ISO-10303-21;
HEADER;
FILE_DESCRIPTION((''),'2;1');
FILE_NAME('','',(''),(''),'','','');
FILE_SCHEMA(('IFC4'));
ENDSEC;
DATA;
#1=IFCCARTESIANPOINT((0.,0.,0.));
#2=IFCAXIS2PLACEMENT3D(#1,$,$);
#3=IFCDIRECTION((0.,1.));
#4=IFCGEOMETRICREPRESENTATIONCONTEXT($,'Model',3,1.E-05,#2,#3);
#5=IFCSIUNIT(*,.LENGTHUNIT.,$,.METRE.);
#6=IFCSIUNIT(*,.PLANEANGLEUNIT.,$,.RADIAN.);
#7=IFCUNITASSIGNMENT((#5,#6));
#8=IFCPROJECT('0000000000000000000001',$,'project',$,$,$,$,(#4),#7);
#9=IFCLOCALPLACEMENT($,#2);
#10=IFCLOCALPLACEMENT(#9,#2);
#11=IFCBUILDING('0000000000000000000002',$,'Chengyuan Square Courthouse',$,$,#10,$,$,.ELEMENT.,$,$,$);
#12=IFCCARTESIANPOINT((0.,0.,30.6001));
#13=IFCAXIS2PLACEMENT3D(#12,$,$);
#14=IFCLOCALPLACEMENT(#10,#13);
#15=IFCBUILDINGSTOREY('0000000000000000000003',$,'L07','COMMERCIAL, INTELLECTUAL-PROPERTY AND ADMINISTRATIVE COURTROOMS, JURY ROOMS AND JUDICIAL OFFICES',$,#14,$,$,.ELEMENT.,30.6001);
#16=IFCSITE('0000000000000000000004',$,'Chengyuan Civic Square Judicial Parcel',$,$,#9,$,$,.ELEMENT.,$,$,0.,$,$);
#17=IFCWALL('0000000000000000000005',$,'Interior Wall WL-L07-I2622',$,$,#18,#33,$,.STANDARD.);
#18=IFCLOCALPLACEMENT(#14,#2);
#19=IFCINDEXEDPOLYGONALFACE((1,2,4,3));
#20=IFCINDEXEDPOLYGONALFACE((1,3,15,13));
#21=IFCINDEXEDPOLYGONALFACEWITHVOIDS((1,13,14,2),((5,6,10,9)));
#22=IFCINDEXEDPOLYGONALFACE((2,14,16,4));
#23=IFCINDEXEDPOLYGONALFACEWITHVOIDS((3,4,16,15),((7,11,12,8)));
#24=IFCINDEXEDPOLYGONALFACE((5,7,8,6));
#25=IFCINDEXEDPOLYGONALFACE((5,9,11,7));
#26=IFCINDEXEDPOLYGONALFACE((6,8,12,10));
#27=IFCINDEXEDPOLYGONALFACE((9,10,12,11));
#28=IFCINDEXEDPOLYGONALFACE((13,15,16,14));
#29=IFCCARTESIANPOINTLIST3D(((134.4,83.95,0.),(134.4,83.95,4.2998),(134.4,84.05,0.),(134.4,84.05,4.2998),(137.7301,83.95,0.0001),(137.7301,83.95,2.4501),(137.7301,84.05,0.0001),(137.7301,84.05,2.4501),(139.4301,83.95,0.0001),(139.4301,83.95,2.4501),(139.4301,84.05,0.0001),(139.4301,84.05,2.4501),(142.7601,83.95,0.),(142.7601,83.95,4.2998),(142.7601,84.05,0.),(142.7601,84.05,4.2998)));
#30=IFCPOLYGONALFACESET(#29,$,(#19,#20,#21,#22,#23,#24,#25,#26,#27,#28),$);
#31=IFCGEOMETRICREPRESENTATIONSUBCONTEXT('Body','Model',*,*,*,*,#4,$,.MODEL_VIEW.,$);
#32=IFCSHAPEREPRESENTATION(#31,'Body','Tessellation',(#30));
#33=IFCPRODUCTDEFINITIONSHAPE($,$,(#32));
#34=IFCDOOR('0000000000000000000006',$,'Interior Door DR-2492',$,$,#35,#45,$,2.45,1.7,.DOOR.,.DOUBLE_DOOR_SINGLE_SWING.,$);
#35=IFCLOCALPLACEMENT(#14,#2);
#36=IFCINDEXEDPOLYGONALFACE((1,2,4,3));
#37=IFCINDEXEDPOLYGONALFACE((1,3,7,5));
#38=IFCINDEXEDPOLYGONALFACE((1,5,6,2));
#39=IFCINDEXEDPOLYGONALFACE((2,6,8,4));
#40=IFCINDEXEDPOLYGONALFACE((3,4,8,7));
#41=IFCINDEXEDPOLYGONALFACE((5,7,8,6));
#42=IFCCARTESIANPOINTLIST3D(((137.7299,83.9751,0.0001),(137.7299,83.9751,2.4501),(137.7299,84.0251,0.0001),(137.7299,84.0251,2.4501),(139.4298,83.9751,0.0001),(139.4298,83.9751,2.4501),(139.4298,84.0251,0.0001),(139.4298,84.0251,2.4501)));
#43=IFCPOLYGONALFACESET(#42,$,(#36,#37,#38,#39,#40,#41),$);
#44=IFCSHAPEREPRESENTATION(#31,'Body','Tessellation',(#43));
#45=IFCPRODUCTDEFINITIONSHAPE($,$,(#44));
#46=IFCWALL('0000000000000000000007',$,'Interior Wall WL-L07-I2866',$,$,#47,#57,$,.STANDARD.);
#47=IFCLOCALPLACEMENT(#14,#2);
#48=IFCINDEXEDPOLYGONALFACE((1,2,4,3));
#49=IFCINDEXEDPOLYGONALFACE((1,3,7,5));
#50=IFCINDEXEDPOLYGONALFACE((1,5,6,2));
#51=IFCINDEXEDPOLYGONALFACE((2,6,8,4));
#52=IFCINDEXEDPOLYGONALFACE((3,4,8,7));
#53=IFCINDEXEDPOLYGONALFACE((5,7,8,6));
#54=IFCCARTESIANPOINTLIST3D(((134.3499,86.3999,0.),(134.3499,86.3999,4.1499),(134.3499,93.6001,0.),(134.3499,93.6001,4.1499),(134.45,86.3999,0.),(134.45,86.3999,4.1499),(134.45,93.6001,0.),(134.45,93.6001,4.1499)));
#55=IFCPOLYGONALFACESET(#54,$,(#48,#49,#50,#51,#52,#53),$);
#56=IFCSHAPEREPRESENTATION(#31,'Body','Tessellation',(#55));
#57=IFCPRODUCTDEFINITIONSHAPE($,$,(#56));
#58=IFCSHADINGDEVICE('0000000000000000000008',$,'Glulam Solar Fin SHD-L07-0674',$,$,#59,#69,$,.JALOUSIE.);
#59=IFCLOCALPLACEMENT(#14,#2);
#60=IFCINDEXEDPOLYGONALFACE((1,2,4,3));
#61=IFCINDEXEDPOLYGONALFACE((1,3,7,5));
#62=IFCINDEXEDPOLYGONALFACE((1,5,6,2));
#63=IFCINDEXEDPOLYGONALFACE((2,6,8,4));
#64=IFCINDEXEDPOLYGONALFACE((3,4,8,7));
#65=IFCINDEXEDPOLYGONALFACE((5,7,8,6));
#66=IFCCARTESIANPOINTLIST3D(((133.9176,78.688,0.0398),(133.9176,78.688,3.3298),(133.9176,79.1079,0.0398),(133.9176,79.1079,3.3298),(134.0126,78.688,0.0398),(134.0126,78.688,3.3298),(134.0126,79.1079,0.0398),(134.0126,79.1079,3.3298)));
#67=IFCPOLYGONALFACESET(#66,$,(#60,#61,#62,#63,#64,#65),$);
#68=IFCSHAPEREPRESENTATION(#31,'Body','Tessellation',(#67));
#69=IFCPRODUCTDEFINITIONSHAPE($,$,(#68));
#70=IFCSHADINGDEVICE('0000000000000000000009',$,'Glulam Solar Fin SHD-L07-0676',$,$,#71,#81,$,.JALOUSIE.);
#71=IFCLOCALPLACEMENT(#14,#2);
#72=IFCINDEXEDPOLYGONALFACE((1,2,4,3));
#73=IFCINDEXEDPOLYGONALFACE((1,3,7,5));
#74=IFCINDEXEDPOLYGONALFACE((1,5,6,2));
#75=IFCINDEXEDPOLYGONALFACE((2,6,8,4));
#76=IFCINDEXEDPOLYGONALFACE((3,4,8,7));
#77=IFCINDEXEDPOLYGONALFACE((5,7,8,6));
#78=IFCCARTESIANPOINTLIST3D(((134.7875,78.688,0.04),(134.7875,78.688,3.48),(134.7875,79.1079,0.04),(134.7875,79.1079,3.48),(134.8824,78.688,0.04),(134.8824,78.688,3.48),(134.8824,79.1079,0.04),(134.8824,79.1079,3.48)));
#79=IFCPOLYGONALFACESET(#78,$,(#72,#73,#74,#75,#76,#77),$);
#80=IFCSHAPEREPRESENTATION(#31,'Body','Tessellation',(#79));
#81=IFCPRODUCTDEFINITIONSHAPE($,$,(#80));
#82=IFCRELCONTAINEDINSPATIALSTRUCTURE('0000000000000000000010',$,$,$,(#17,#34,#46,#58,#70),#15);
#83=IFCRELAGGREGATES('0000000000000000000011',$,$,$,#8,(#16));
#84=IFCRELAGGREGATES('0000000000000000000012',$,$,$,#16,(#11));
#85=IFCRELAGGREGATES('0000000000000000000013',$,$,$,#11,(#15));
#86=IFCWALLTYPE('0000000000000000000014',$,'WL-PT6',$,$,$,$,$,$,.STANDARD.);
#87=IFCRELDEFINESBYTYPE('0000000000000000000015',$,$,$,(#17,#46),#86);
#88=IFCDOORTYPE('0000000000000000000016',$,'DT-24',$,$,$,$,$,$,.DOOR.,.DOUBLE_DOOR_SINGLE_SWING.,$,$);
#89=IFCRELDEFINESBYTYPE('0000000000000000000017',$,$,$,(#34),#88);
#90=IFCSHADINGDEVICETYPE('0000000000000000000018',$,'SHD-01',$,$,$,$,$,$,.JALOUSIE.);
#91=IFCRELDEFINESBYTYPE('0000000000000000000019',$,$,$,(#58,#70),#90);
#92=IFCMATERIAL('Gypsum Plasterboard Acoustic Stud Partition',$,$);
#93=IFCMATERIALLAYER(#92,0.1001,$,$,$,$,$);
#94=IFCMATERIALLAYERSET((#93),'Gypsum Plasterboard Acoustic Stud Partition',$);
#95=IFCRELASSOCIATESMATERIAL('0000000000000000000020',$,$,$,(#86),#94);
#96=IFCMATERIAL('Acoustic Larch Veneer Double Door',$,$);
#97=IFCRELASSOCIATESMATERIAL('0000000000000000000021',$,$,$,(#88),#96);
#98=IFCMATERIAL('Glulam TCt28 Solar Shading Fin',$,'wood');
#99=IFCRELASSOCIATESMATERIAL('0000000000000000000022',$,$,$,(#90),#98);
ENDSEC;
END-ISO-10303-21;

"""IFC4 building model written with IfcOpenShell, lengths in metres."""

from ifc_helpers import new_model, si_unit, direction, frame, frame_2d, origin, origin_2d, place, context, subcontext, project, spatial, rectangle, extrude, material, layer, layer_set, type_object, element, fill, save


model = new_model("IFC4")

# Units and contexts
model_context = context("Model", 3, precision=1e-05, world=origin(), true_north=direction((0.0, 1.0)))
body_context = subcontext(model_context, "Body", "Model", "MODEL_VIEW")
ifc_project = project(units=[si_unit("LENGTHUNIT", "METRE"), si_unit("PLANEANGLEUNIT", "RADIAN")], contexts=[model_context])

# Site, building, storey
site_placement = place(None, origin())
site = spatial("IfcSite", under=ifc_project, at=site_placement, Name="Chengyuan Civic Square Judicial Parcel", CompositionType="ELEMENT", RefElevation=0.0)
building_placement = place(site_placement, origin())
building = spatial("IfcBuilding", under=site, at=building_placement, Name="Chengyuan Square Courthouse", CompositionType="ELEMENT")
storey_placement = place(building_placement, frame((0.0, 0.0, 30.6001)))
storey = spatial("IfcBuildingStorey", under=building, at=storey_placement, Name="L07", Description="COMMERCIAL, INTELLECTUAL-PROPERTY AND ADMINISTRATIVE COURTROOMS, JURY ROOMS AND JUDICIAL OFFICES", CompositionType="ELEMENT", Elevation=30.6001)

# Wall, opening, door
ifc_material_1 = material(Name="Acoustic Larch Veneer Double Door")
ifc_material_2 = material(Name="Gypsum Plasterboard Acoustic Stud Partition")
ifc_layer_1 = layer(ifc_material_2, 0.1001)
ifc_layer_set_1 = layer_set([ifc_layer_1], Name="Gypsum Plasterboard Acoustic Stud Partition")
wall_type_1 = type_object("IfcWallType", Name="WL-PT6", PredefinedType="STANDARD", material=ifc_layer_set_1)
wall_1_placement = place(storey_placement, frame((134.3999, 84.0, 0.0), z_axis=(0.0, 0.0, 1.0), x_axis=(1.0, 0.0, 0.0)))
wall_1 = element("IfcWall", 1, at=wall_1_placement, inside=storey, type_object=wall_type_1, Name="Interior Wall WL-L07-I2622", PredefinedType="STANDARD", context=body_context, shape_type="SweptSolid", body=[
    extrude(rectangle(XDim=8.3601, YDim=0.1001, at=frame_2d((4.1802, 0.0))), origin(), (0.0, 0.0, 1.0), 4.2998),
])
opening_1_placement = place(wall_1_placement, frame((3.3301, 0.0, 0.0)))
opening_1 = element("IfcOpeningElement", 2, at=opening_1_placement, cuts=wall_1, PredefinedType="OPENING", context=body_context, shape_type="SweptSolid", body=[
    extrude(rectangle(XDim=1.7, YDim=2.45, at=frame_2d((0.8501, 1.2251))), frame((0.0, 0.062, 0.0), z_axis=(0.0, -1.0, 0.0), x_axis=(1.0, 0.0, 0.0)), (0.0, 0.0, 1.0), 0.124),
])
door_type_1 = type_object("IfcDoorType", Name="DT-24", OperationType="DOUBLE_DOOR_SINGLE_SWING", PredefinedType="DOOR", material=ifc_material_1)
door_1_placement = place(opening_1_placement, frame((1.7, 0.0, 0.0), z_axis=(0.0, 0.0, 1.0), x_axis=(-1.0, 0.0, 0.0)))
door_1 = element("IfcDoor", 3, at=door_1_placement, inside=storey, type_object=door_type_1, Name="Interior Door DR-2492", OperationType="DOUBLE_DOOR_SINGLE_SWING", OverallHeight=2.45, OverallWidth=1.7, PredefinedType="DOOR", context=body_context, shape_type="SweptSolid", body=[
    extrude(rectangle(XDim=1.7, YDim=2.45, at=frame_2d((0.8501, 1.2251))), frame((0.0, 0.0249, 0.0), z_axis=(0.0, -1.0, 0.0), x_axis=(1.0, 0.0, 0.0)), (0.0, 0.0, 1.0), 0.05),
])
fill(opening_1, door_1)

# Wall
wall_2_placement = place(storey_placement, frame((134.3999, 86.3999, 0.0), z_axis=(0.0, 0.0, 1.0), x_axis=(0.0, 1.0, 0.0)))
element("IfcWall", 4, at=wall_2_placement, inside=storey, type_object=wall_type_1, Name="Interior Wall WL-L07-I2866", PredefinedType="STANDARD", context=body_context, shape_type="SweptSolid", body=[
    extrude(rectangle(XDim=7.2002, YDim=0.1001, at=frame_2d((3.6001, 0.0))), origin(), (0.0, 0.0, 1.0), 4.1499),
])

# Shading devices
ifc_material_3 = material(Name="Glulam TCt28 Solar Shading Fin", Category="wood")
shading_device_type = type_object("IfcShadingDeviceType", Name="SHD-01", PredefinedType="JALOUSIE", material=ifc_material_3)
shading_device_1_placement = place(storey_placement, frame((133.9651, 78.8979, 0.0398), z_axis=(0.0, 0.0, 1.0), x_axis=(0.0, 1.0, 0.0)))
element("IfcShadingDevice", 5, at=shading_device_1_placement, inside=storey, type_object=shading_device_type, Name="Glulam Solar Fin SHD-L07-0674", PredefinedType="JALOUSIE", context=body_context, shape_type="SweptSolid", body=[
    extrude(rectangle(XDim=0.4199, YDim=0.095, at=origin_2d()), origin(), (0.0, 0.0, 1.0), 3.29),
])
shading_device_2_placement = place(storey_placement, frame((134.835, 78.8979, 0.04), z_axis=(0.0, 0.0, 1.0), x_axis=(0.0, 1.0, 0.0)))
element("IfcShadingDevice", 6, at=shading_device_2_placement, inside=storey, type_object=shading_device_type, Name="Glulam Solar Fin SHD-L07-0676", PredefinedType="JALOUSIE", context=body_context, shape_type="SweptSolid", body=[
    extrude(rectangle(XDim=0.4199, YDim=0.095, at=origin_2d()), origin(), (0.0, 0.0, 1.0), 3.4399),
])

save(model, "model.ifc")
